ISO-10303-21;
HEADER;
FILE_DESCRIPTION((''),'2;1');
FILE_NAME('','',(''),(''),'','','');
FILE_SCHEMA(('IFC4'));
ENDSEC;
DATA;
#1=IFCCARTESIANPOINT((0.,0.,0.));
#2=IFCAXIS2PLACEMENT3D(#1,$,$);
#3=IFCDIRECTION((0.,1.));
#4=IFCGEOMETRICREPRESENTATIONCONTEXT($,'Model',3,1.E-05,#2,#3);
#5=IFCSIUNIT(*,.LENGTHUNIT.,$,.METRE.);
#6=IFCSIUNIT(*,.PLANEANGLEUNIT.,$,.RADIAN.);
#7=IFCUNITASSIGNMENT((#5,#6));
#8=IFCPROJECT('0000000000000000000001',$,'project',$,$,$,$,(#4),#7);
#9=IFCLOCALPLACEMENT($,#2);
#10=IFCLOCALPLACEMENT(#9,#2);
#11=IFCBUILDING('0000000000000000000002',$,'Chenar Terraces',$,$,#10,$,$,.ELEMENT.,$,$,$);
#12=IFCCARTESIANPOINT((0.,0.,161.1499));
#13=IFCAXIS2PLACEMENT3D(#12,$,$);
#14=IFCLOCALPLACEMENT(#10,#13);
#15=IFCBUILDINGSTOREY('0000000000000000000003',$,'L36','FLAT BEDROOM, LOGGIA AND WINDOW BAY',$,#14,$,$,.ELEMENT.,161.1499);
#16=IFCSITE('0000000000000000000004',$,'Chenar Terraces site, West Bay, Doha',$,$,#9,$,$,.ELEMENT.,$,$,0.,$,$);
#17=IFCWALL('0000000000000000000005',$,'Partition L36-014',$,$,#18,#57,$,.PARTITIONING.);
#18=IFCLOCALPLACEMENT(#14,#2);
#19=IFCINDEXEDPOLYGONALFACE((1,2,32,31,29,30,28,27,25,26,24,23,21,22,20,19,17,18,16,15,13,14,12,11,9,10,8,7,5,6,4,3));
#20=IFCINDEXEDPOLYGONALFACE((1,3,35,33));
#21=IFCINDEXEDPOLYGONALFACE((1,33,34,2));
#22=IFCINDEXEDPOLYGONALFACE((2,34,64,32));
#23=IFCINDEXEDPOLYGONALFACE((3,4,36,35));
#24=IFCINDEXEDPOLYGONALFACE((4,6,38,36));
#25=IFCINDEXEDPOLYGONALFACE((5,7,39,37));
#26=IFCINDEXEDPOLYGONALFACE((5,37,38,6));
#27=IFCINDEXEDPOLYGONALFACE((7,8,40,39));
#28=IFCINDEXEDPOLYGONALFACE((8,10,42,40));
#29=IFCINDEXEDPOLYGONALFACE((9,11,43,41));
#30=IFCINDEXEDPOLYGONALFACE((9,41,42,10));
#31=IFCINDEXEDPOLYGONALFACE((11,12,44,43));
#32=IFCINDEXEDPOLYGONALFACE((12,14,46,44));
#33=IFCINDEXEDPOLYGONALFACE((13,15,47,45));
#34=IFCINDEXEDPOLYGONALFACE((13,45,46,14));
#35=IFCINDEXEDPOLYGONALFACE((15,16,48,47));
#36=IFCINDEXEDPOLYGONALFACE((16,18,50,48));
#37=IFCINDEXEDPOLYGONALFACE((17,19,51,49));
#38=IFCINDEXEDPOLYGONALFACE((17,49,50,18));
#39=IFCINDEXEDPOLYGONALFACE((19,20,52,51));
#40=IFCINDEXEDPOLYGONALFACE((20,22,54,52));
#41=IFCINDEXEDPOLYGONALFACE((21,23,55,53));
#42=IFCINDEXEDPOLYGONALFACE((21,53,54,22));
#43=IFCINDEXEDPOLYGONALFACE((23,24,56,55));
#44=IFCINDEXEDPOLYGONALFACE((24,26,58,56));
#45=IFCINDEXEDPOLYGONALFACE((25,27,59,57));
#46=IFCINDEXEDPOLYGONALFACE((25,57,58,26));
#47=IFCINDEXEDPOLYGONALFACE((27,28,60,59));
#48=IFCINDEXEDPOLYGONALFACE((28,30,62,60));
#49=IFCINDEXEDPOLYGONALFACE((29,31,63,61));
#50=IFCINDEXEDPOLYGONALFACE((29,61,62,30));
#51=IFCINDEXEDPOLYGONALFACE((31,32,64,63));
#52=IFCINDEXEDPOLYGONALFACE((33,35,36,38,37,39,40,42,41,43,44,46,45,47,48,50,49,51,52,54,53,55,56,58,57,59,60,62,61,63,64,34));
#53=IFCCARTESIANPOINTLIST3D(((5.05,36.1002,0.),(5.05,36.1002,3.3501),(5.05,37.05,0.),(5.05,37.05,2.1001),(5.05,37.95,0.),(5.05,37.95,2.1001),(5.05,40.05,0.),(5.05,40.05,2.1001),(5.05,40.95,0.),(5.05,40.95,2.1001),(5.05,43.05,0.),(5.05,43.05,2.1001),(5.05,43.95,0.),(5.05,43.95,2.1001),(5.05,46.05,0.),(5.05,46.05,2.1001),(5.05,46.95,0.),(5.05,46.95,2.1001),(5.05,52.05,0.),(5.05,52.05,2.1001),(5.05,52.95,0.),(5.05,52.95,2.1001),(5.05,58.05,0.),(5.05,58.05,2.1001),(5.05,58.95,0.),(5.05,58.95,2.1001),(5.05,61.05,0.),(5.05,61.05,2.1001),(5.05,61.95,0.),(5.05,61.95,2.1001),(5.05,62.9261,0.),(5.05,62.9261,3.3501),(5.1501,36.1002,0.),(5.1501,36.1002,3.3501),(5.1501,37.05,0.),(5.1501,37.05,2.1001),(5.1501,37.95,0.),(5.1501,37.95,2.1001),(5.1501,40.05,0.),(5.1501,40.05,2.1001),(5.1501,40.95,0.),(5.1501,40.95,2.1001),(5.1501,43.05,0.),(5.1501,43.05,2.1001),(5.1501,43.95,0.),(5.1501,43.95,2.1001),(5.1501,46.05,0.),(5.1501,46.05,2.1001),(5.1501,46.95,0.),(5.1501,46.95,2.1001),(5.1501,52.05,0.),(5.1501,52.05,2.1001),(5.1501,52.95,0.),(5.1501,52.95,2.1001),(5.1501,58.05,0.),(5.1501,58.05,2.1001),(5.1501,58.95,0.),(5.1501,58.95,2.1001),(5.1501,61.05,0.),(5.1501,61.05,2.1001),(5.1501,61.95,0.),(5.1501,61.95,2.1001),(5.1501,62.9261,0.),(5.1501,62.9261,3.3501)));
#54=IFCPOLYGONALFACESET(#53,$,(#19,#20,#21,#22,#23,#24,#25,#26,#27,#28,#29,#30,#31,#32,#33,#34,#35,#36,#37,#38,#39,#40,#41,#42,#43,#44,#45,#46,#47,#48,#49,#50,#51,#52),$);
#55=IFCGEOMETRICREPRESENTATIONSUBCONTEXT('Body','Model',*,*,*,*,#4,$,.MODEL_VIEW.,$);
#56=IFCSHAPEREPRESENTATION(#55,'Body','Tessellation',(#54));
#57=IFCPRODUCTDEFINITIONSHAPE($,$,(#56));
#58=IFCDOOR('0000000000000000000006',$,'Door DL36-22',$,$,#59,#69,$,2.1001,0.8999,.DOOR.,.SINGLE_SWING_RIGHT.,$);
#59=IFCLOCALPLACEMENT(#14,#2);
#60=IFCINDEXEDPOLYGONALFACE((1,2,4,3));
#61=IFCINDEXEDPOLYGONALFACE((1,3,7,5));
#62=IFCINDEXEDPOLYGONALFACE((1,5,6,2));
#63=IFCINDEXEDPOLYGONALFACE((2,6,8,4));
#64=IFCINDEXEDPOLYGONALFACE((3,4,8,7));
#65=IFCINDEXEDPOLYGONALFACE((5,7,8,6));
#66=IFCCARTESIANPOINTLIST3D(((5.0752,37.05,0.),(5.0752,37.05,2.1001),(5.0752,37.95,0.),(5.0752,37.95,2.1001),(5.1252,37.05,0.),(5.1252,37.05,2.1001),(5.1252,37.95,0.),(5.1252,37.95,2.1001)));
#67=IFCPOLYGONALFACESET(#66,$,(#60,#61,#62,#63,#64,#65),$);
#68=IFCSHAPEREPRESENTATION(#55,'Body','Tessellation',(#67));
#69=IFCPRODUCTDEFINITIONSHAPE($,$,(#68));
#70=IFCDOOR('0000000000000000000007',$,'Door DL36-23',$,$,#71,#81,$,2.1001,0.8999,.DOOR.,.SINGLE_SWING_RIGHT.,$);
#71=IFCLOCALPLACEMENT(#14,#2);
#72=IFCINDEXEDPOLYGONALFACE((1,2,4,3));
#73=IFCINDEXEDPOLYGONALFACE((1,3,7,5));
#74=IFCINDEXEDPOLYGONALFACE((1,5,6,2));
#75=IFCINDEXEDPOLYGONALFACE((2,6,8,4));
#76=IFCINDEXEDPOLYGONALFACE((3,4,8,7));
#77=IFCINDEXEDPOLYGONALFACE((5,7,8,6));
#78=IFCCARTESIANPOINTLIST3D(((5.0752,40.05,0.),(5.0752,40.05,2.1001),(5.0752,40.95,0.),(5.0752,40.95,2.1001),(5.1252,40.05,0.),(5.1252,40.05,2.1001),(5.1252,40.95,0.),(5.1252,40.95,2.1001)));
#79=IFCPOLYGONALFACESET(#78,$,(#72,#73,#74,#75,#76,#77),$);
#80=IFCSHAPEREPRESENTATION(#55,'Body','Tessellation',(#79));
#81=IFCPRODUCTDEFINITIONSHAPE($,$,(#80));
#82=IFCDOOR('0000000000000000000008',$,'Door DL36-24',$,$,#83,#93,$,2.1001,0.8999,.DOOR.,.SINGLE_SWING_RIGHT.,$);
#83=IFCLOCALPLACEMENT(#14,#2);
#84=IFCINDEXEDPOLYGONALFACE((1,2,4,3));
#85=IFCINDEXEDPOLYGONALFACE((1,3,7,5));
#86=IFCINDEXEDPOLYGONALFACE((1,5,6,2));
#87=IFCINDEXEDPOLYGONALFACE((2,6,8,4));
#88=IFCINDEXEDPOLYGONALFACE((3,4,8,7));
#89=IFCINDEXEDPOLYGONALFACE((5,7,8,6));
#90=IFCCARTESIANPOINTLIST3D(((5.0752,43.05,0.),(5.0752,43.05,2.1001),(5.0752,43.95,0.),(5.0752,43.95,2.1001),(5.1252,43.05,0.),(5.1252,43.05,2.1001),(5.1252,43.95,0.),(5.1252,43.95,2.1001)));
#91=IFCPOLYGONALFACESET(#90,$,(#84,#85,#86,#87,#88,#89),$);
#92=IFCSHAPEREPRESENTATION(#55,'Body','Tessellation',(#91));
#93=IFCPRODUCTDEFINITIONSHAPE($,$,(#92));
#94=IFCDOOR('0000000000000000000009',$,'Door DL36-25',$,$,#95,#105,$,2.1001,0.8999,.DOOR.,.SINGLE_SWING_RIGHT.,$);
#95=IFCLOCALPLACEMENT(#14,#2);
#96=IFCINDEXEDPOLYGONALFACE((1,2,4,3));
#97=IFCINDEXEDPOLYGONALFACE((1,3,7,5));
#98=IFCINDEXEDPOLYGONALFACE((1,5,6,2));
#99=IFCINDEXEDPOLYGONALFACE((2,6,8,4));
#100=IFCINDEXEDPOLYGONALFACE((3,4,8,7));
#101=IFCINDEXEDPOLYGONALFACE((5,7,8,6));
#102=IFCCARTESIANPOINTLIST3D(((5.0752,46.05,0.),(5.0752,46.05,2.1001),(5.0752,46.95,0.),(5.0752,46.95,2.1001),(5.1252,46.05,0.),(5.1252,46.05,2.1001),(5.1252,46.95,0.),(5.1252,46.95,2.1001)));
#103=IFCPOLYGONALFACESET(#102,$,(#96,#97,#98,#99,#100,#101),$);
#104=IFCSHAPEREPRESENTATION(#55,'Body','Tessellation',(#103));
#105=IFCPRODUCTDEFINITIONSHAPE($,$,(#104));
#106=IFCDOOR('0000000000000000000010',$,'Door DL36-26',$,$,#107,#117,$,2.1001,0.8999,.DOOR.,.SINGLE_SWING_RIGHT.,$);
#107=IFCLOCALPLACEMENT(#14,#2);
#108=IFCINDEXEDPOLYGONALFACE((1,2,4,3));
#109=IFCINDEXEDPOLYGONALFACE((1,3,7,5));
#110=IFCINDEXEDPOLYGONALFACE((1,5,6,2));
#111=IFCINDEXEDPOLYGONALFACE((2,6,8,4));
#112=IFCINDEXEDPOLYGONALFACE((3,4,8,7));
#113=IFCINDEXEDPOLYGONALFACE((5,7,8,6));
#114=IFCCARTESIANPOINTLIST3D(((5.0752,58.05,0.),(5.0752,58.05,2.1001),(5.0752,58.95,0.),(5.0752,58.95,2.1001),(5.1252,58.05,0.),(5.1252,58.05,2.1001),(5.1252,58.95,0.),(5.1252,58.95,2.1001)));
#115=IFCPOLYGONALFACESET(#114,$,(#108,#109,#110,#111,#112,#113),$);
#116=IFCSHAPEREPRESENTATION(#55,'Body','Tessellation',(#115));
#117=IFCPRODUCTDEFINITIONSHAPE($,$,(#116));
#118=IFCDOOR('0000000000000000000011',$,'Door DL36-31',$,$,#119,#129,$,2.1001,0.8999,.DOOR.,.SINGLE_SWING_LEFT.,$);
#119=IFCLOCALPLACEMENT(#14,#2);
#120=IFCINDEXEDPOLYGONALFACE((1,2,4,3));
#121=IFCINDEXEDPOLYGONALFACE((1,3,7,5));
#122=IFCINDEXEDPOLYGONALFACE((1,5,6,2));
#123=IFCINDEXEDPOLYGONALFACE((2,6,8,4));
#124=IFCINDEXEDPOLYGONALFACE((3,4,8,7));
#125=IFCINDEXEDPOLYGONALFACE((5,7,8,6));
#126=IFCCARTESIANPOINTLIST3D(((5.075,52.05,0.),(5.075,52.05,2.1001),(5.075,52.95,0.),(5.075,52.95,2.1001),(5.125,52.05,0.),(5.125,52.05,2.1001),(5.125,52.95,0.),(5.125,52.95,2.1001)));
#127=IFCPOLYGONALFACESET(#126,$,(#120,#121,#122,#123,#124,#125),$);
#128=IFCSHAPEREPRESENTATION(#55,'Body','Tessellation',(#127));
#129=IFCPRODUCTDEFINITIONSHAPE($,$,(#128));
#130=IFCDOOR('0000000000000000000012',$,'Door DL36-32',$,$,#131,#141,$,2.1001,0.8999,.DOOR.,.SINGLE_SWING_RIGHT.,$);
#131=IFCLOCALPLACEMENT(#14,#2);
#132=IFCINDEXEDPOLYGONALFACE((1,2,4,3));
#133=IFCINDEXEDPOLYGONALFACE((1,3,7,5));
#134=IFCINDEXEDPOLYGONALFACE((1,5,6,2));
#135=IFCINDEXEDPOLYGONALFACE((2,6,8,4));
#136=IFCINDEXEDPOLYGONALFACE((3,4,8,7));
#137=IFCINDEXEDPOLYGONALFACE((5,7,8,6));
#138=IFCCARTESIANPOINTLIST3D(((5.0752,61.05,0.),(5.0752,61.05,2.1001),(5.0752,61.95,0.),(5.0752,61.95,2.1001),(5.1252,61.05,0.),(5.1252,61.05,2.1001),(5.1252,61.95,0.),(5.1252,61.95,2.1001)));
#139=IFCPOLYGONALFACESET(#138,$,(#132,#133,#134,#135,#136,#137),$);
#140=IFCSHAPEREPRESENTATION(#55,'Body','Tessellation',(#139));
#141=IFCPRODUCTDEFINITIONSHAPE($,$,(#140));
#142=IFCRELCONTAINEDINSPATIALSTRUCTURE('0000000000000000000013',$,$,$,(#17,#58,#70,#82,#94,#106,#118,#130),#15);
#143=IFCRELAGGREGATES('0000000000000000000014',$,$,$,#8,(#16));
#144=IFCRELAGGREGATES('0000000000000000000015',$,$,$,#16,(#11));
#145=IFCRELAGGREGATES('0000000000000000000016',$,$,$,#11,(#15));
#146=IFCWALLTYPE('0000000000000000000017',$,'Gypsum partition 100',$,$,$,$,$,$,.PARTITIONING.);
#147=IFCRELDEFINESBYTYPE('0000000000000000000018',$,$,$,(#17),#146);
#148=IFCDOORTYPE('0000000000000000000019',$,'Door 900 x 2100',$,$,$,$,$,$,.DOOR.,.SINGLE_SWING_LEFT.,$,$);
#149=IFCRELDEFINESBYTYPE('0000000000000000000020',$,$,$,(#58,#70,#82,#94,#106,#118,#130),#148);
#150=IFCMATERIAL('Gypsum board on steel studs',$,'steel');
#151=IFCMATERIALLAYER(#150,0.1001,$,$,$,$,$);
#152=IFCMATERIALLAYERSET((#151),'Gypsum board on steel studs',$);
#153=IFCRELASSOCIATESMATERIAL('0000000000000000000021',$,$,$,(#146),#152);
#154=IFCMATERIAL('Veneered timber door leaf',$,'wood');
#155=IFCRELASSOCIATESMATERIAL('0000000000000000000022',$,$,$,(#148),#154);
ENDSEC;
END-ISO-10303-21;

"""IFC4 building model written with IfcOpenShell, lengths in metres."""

from ifc_helpers import new_model, si_unit, direction, frame, frame_2d, origin, place, context, subcontext, project, spatial, rectangle, extrude, material, layer, layer_set, type_object, element, fill, save


model = new_model("IFC4")

# Units and contexts
model_context = context("Model", 3, precision=1e-05, world=origin(), true_north=direction((0.0, 1.0)))
body_context = subcontext(model_context, "Body", "Model", "MODEL_VIEW")
ifc_project = project(units=[si_unit("LENGTHUNIT", "METRE"), si_unit("PLANEANGLEUNIT", "RADIAN")], contexts=[model_context])

# Site, building, storey
site_placement = place(None, origin())
site = spatial("IfcSite", under=ifc_project, at=site_placement, Name="Chenar Terraces site, West Bay, Doha", CompositionType="ELEMENT", RefElevation=0.0)
building_placement = place(site_placement, origin())
building = spatial("IfcBuilding", under=site, at=building_placement, Name="Chenar Terraces", CompositionType="ELEMENT")
storey_placement = place(building_placement, frame((0.0, 0.0, 161.1499)))
storey = spatial("IfcBuildingStorey", under=building, at=storey_placement, Name="L36", Description="FLAT BEDROOM, LOGGIA AND WINDOW BAY", CompositionType="ELEMENT", Elevation=161.1499)

# Shared definitions
ifc_material_1 = material(Name="Gypsum board on steel studs", Category="steel")
ifc_layer_1 = layer(ifc_material_1, 0.1001)
ifc_layer_set_1 = layer_set([ifc_layer_1], Name="Gypsum board on steel studs")
wall_type_1 = type_object("IfcWallType", Name="Gypsum partition 100", PredefinedType="PARTITIONING", material=ifc_layer_set_1)

# Wall, openings, doors
wall_1_placement = place(storey_placement, frame((5.1001, 36.1001, 0.0), z_axis=(0.0, 0.0, 1.0), x_axis=(0.0, 1.0, 0.0)))
wall_1 = element("IfcWall", 1, at=wall_1_placement, inside=storey, type_object=wall_type_1, Name="Partition L36-014", PredefinedType="PARTITIONING", context=body_context, shape_type="SweptSolid", body=[
    extrude(rectangle(XDim=26.8259, YDim=0.1001, at=frame_2d((13.4131, 0.0))), origin(), (0.0, 0.0, 1.0), 3.3501),
])
opening_1_placement = place(wall_1_placement, frame((0.95, 0.0, 0.0)))
opening_1 = element("IfcOpeningElement", 2, at=opening_1_placement, cuts=wall_1, PredefinedType="OPENING", context=body_context, shape_type="SweptSolid", body=[
    extrude(rectangle(XDim=0.8999, YDim=2.1001, at=frame_2d((0.45, 1.05))), frame((0.0, 0.0601, 0.0), z_axis=(0.0, -1.0, 0.0), x_axis=(1.0, 0.0, 0.0)), (0.0, 0.0, 1.0), 0.1201),
])
opening_2_placement = place(wall_1_placement, frame((3.95, 0.0, 0.0)))
opening_2 = element("IfcOpeningElement", 3, at=opening_2_placement, cuts=wall_1, PredefinedType="OPENING", context=body_context, shape_type="SweptSolid", body=[
    extrude(rectangle(XDim=0.8999, YDim=2.1001, at=frame_2d((0.45, 1.05))), frame((0.0, 0.0601, 0.0), z_axis=(0.0, -1.0, 0.0), x_axis=(1.0, 0.0, 0.0)), (0.0, 0.0, 1.0), 0.1201),
])
opening_3_placement = place(wall_1_placement, frame((6.95, 0.0, 0.0)))
opening_3 = element("IfcOpeningElement", 4, at=opening_3_placement, cuts=wall_1, PredefinedType="OPENING", context=body_context, shape_type="SweptSolid", body=[
    extrude(rectangle(XDim=0.8999, YDim=2.1001, at=frame_2d((0.45, 1.05))), frame((0.0, 0.0601, 0.0), z_axis=(0.0, -1.0, 0.0), x_axis=(1.0, 0.0, 0.0)), (0.0, 0.0, 1.0), 0.1201),
])
opening_4_placement = place(wall_1_placement, frame((9.95, 0.0, 0.0)))
opening_4 = element("IfcOpeningElement", 5, at=opening_4_placement, cuts=wall_1, PredefinedType="OPENING", context=body_context, shape_type="SweptSolid", body=[
    extrude(rectangle(XDim=0.8999, YDim=2.1001, at=frame_2d((0.45, 1.05))), frame((0.0, 0.0601, 0.0), z_axis=(0.0, -1.0, 0.0), x_axis=(1.0, 0.0, 0.0)), (0.0, 0.0, 1.0), 0.1201),
])
opening_5_placement = place(wall_1_placement, frame((21.95, 0.0, 0.0)))
opening_5 = element("IfcOpeningElement", 6, at=opening_5_placement, cuts=wall_1, PredefinedType="OPENING", context=body_context, shape_type="SweptSolid", body=[
    extrude(rectangle(XDim=0.8999, YDim=2.1001, at=frame_2d((0.45, 1.05))), frame((0.0, 0.0601, 0.0), z_axis=(0.0, -1.0, 0.0), x_axis=(1.0, 0.0, 0.0)), (0.0, 0.0, 1.0), 0.1201),
])
opening_6_placement = place(wall_1_placement, frame((15.95, 0.0, 0.0)))
opening_6 = element("IfcOpeningElement", 7, at=opening_6_placement, cuts=wall_1, PredefinedType="OPENING", context=body_context, shape_type="SweptSolid", body=[
    extrude(rectangle(XDim=0.8999, YDim=2.1001, at=frame_2d((0.45, 1.05))), frame((0.0, 0.0601, 0.0), z_axis=(0.0, -1.0, 0.0), x_axis=(1.0, 0.0, 0.0)), (0.0, 0.0, 1.0), 0.1201),
])
opening_7_placement = place(wall_1_placement, frame((24.95, 0.0, 0.0)))
opening_7 = element("IfcOpeningElement", 8, at=opening_7_placement, cuts=wall_1, PredefinedType="OPENING", context=body_context, shape_type="SweptSolid", body=[
    extrude(rectangle(XDim=0.8999, YDim=2.1001, at=frame_2d((0.45, 1.05))), frame((0.0, 0.0601, 0.0), z_axis=(0.0, -1.0, 0.0), x_axis=(1.0, 0.0, 0.0)), (0.0, 0.0, 1.0), 0.1201),
])
ifc_material_2 = material(Name="Veneered timber door leaf", Category="wood")
door_type_1 = type_object("IfcDoorType", Name="Door 900 x 2100", OperationType="SINGLE_SWING_LEFT", PredefinedType="DOOR", material=ifc_material_2)
door_1_placement = place(opening_1_placement, origin())
door_1 = element("IfcDoor", 9, at=door_1_placement, inside=storey, type_object=door_type_1, Name="Door DL36-22", OperationType="SINGLE_SWING_RIGHT", OverallHeight=2.1001, OverallWidth=0.8999, PredefinedType="DOOR", context=body_context, shape_type="SweptSolid", body=[
    extrude(rectangle(XDim=0.8999, YDim=2.1001, at=frame_2d((0.45, 1.05))), frame((0.0, 0.0249, 0.0), z_axis=(0.0, -1.0, 0.0), x_axis=(1.0, 0.0, 0.0)), (0.0, 0.0, 1.0), 0.05),
])
fill(opening_1, door_1)
door_2_placement = place(opening_2_placement, origin())
door_2 = element("IfcDoor", 10, at=door_2_placement, inside=storey, type_object=door_type_1, Name="Door DL36-23", OperationType="SINGLE_SWING_RIGHT", OverallHeight=2.1001, OverallWidth=0.8999, PredefinedType="DOOR", context=body_context, shape_type="SweptSolid", body=[
    extrude(rectangle(XDim=0.8999, YDim=2.1001, at=frame_2d((0.45, 1.05))), frame((0.0, 0.0249, 0.0), z_axis=(0.0, -1.0, 0.0), x_axis=(1.0, 0.0, 0.0)), (0.0, 0.0, 1.0), 0.05),
])
fill(opening_2, door_2)
door_3_placement = place(opening_3_placement, origin())
door_3 = element("IfcDoor", 11, at=door_3_placement, inside=storey, type_object=door_type_1, Name="Door DL36-24", OperationType="SINGLE_SWING_RIGHT", OverallHeight=2.1001, OverallWidth=0.8999, PredefinedType="DOOR", context=body_context, shape_type="SweptSolid", body=[
    extrude(rectangle(XDim=0.8999, YDim=2.1001, at=frame_2d((0.45, 1.05))), frame((0.0, 0.0249, 0.0), z_axis=(0.0, -1.0, 0.0), x_axis=(1.0, 0.0, 0.0)), (0.0, 0.0, 1.0), 0.05),
])
fill(opening_3, door_3)
door_4_placement = place(opening_4_placement, origin())
door_4 = element("IfcDoor", 12, at=door_4_placement, inside=storey, type_object=door_type_1, Name="Door DL36-25", OperationType="SINGLE_SWING_RIGHT", OverallHeight=2.1001, OverallWidth=0.8999, PredefinedType="DOOR", context=body_context, shape_type="SweptSolid", body=[
    extrude(rectangle(XDim=0.8999, YDim=2.1001, at=frame_2d((0.45, 1.05))), frame((0.0, 0.0249, 0.0), z_axis=(0.0, -1.0, 0.0), x_axis=(1.0, 0.0, 0.0)), (0.0, 0.0, 1.0), 0.05),
])
fill(opening_4, door_4)
door_5_placement = place(opening_5_placement, origin())
door_5 = element("IfcDoor", 13, at=door_5_placement, inside=storey, type_object=door_type_1, Name="Door DL36-26", OperationType="SINGLE_SWING_RIGHT", OverallHeight=2.1001, OverallWidth=0.8999, PredefinedType="DOOR", context=body_context, shape_type="SweptSolid", body=[
    extrude(rectangle(XDim=0.8999, YDim=2.1001, at=frame_2d((0.45, 1.05))), frame((0.0, 0.0249, 0.0), z_axis=(0.0, -1.0, 0.0), x_axis=(1.0, 0.0, 0.0)), (0.0, 0.0, 1.0), 0.05),
])
fill(opening_5, door_5)
door_6_placement = place(opening_6_placement, frame((0.8999, 0.0, 0.0), z_axis=(0.0, 0.0, 1.0), x_axis=(-1.0, 0.0, 0.0)))
door_6 = element("IfcDoor", 14, at=door_6_placement, inside=storey, type_object=door_type_1, Name="Door DL36-31", OperationType="SINGLE_SWING_LEFT", OverallHeight=2.1001, OverallWidth=0.8999, PredefinedType="DOOR", context=body_context, shape_type="SweptSolid", body=[
    extrude(rectangle(XDim=0.8999, YDim=2.1001, at=frame_2d((0.45, 1.05))), frame((0.0, 0.0249, 0.0), z_axis=(0.0, -1.0, 0.0), x_axis=(1.0, 0.0, 0.0)), (0.0, 0.0, 1.0), 0.05),
])
fill(opening_6, door_6)
door_7_placement = place(opening_7_placement, origin())
door_7 = element("IfcDoor", 15, at=door_7_placement, inside=storey, type_object=door_type_1, Name="Door DL36-32", OperationType="SINGLE_SWING_RIGHT", OverallHeight=2.1001, OverallWidth=0.8999, PredefinedType="DOOR", context=body_context, shape_type="SweptSolid", body=[
    extrude(rectangle(XDim=0.8999, YDim=2.1001, at=frame_2d((0.45, 1.05))), frame((0.0, 0.0249, 0.0), z_axis=(0.0, -1.0, 0.0), x_axis=(1.0, 0.0, 0.0)), (0.0, 0.0, 1.0), 0.05),
])
fill(opening_7, door_7)

save(model, "model.ifc")
